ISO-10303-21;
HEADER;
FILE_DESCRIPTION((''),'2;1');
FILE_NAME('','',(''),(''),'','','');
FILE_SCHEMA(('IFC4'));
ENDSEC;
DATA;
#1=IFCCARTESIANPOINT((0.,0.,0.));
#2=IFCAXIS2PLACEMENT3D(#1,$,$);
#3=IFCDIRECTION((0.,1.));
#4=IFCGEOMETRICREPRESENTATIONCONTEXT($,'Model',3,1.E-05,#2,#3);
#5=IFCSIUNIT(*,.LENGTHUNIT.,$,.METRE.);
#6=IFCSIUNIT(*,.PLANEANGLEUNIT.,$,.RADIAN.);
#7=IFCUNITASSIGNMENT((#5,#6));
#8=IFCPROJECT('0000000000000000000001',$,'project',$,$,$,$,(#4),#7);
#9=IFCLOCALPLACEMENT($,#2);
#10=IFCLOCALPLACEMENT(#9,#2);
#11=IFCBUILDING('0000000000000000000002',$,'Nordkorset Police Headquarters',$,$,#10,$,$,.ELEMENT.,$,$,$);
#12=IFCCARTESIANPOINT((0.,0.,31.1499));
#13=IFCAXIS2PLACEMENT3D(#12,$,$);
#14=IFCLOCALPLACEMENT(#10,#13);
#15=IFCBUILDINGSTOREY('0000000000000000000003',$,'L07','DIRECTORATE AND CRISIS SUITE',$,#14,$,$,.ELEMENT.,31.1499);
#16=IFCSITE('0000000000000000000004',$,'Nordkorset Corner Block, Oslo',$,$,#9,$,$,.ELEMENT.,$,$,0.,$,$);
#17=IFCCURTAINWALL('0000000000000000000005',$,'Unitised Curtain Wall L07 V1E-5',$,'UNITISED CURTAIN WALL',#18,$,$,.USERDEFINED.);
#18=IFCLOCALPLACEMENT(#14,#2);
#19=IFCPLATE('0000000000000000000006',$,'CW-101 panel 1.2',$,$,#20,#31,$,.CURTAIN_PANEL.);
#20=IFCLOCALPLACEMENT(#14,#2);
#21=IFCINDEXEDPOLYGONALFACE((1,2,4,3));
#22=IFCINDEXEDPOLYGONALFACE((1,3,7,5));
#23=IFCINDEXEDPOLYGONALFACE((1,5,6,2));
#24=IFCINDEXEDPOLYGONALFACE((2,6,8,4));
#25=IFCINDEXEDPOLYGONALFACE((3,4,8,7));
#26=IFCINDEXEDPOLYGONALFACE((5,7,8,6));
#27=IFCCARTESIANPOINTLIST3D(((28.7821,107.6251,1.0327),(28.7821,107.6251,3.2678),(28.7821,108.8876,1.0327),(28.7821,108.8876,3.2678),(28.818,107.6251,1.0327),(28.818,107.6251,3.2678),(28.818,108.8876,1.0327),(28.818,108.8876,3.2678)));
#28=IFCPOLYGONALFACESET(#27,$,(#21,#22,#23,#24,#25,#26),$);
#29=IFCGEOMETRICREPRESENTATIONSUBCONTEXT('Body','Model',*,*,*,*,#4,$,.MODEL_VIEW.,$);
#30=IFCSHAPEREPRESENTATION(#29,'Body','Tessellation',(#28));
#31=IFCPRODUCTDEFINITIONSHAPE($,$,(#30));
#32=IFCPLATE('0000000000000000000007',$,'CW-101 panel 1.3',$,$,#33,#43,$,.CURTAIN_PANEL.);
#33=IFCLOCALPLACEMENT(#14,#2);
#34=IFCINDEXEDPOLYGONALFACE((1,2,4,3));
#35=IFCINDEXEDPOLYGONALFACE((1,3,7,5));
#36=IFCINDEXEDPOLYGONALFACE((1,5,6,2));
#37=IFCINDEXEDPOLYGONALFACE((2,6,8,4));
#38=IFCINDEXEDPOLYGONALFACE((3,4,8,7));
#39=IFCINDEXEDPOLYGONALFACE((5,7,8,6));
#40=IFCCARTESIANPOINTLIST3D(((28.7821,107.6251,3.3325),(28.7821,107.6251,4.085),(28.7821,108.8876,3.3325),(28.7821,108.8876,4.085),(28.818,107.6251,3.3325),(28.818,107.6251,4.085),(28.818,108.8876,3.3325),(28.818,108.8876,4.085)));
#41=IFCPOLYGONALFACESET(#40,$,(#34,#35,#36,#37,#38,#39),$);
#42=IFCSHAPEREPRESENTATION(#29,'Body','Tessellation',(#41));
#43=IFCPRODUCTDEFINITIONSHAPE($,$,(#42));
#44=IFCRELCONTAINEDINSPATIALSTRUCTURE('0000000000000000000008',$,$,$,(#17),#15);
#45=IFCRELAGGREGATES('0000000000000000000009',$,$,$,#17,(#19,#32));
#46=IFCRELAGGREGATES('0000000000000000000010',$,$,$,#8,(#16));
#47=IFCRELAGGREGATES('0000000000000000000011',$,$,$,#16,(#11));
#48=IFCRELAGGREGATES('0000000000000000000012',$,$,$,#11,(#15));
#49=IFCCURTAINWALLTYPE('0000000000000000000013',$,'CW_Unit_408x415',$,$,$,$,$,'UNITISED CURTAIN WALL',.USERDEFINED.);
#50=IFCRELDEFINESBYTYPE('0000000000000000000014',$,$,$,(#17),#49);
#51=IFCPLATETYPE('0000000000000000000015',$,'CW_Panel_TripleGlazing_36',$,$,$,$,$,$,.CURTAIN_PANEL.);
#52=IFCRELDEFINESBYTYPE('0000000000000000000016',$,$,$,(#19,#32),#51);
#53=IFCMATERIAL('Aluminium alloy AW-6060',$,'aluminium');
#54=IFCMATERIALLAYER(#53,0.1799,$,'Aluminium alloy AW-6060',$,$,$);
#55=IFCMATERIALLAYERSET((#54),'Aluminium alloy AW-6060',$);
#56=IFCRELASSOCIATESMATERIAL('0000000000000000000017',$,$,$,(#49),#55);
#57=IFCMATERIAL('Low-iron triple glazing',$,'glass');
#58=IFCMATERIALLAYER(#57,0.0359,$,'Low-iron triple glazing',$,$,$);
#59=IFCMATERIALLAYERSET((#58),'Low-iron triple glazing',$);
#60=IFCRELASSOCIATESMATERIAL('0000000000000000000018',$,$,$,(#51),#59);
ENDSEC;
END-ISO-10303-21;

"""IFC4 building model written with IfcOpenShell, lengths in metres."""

from ifc_helpers import new_model, si_unit, direction, frame, origin, origin_2d, place, context, subcontext, project, spatial, rectangle, extrude, material, layer, layer_set, type_object, element, aggregate, save


model = new_model("IFC4")

# Units and contexts
model_context = context("Model", 3, precision=1e-05, world=origin(), true_north=direction((0.0, 1.0)))
body_context = subcontext(model_context, "Body", "Model", "MODEL_VIEW")
ifc_project = project(units=[si_unit("LENGTHUNIT", "METRE"), si_unit("PLANEANGLEUNIT", "RADIAN")], contexts=[model_context])

# Site, building, storey
site_placement = place(None, origin())
site = spatial("IfcSite", under=ifc_project, at=site_placement, Name="Nordkorset Corner Block, Oslo", CompositionType="ELEMENT", RefElevation=0.0)
building_placement = place(site_placement, origin())
building = spatial("IfcBuilding", under=site, at=building_placement, Name="Nordkorset Police Headquarters", CompositionType="ELEMENT")
storey_placement = place(building_placement, frame((0.0, 0.0, 31.1499)))
storey = spatial("IfcBuildingStorey", under=building, at=storey_placement, Name="L07", Description="DIRECTORATE AND CRISIS SUITE", CompositionType="ELEMENT", Elevation=31.1499)

# Shared definitions
ifc_material_1 = material(Name="Aluminium alloy AW-6060", Category="aluminium")
ifc_layer_1 = layer(ifc_material_1, 0.1799, Name="Aluminium alloy AW-6060")
ifc_layer_set_1 = layer_set([ifc_layer_1], Name="Aluminium alloy AW-6060")
curtain_wall_type = type_object("IfcCurtainWallType", Name="CW_Unit_408x415", ElementType="UNITISED CURTAIN WALL", PredefinedType="USERDEFINED", material=ifc_layer_set_1)

# Curtain wall
curtain_wall_1_placement = place(storey_placement, origin())
curtain_wall_1 = element("IfcCurtainWall", 1, at=curtain_wall_1_placement, inside=storey, type_object=curtain_wall_type, Name="Unitised Curtain Wall L07 V1E-5", ObjectType="UNITISED CURTAIN WALL", PredefinedType="USERDEFINED")

# Plates
ifc_material_2 = material(Name="Low-iron triple glazing", Category="glass")
ifc_layer_2 = layer(ifc_material_2, 0.0359, Name="Low-iron triple glazing")
ifc_layer_set_2 = layer_set([ifc_layer_2], Name="Low-iron triple glazing")
plate_type = type_object("IfcPlateType", Name="CW_Panel_TripleGlazing_36", PredefinedType="CURTAIN_PANEL", material=ifc_layer_set_2)
plate_1_placement = place(storey_placement, frame((28.8, 108.2563, 1.0327), z_axis=(0.0, 0.0, 1.0), x_axis=(0.0, 1.0, 0.0)))
plate_1 = element("IfcPlate", 2, at=plate_1_placement, type_object=plate_type, Name="CW-101 panel 1.2", PredefinedType="CURTAIN_PANEL", context=body_context, shape_type="SweptSolid", body=[
    extrude(rectangle(XDim=1.2625, YDim=0.0359, at=origin_2d()), origin(), (0.0, 0.0, 1.0), 2.2351),
])
plate_2_placement = place(storey_placement, frame((28.8, 108.2563, 3.3325), z_axis=(0.0, 0.0, 1.0), x_axis=(0.0, 1.0, 0.0)))
plate_2 = element("IfcPlate", 3, at=plate_2_placement, type_object=plate_type, Name="CW-101 panel 1.3", PredefinedType="CURTAIN_PANEL", context=body_context, shape_type="SweptSolid", body=[
    extrude(rectangle(XDim=1.2625, YDim=0.0359, at=origin_2d()), origin(), (0.0, 0.0, 1.0), 0.7524),
])
aggregate(curtain_wall_1, [plate_1, plate_2])

save(model, "model.ifc")
